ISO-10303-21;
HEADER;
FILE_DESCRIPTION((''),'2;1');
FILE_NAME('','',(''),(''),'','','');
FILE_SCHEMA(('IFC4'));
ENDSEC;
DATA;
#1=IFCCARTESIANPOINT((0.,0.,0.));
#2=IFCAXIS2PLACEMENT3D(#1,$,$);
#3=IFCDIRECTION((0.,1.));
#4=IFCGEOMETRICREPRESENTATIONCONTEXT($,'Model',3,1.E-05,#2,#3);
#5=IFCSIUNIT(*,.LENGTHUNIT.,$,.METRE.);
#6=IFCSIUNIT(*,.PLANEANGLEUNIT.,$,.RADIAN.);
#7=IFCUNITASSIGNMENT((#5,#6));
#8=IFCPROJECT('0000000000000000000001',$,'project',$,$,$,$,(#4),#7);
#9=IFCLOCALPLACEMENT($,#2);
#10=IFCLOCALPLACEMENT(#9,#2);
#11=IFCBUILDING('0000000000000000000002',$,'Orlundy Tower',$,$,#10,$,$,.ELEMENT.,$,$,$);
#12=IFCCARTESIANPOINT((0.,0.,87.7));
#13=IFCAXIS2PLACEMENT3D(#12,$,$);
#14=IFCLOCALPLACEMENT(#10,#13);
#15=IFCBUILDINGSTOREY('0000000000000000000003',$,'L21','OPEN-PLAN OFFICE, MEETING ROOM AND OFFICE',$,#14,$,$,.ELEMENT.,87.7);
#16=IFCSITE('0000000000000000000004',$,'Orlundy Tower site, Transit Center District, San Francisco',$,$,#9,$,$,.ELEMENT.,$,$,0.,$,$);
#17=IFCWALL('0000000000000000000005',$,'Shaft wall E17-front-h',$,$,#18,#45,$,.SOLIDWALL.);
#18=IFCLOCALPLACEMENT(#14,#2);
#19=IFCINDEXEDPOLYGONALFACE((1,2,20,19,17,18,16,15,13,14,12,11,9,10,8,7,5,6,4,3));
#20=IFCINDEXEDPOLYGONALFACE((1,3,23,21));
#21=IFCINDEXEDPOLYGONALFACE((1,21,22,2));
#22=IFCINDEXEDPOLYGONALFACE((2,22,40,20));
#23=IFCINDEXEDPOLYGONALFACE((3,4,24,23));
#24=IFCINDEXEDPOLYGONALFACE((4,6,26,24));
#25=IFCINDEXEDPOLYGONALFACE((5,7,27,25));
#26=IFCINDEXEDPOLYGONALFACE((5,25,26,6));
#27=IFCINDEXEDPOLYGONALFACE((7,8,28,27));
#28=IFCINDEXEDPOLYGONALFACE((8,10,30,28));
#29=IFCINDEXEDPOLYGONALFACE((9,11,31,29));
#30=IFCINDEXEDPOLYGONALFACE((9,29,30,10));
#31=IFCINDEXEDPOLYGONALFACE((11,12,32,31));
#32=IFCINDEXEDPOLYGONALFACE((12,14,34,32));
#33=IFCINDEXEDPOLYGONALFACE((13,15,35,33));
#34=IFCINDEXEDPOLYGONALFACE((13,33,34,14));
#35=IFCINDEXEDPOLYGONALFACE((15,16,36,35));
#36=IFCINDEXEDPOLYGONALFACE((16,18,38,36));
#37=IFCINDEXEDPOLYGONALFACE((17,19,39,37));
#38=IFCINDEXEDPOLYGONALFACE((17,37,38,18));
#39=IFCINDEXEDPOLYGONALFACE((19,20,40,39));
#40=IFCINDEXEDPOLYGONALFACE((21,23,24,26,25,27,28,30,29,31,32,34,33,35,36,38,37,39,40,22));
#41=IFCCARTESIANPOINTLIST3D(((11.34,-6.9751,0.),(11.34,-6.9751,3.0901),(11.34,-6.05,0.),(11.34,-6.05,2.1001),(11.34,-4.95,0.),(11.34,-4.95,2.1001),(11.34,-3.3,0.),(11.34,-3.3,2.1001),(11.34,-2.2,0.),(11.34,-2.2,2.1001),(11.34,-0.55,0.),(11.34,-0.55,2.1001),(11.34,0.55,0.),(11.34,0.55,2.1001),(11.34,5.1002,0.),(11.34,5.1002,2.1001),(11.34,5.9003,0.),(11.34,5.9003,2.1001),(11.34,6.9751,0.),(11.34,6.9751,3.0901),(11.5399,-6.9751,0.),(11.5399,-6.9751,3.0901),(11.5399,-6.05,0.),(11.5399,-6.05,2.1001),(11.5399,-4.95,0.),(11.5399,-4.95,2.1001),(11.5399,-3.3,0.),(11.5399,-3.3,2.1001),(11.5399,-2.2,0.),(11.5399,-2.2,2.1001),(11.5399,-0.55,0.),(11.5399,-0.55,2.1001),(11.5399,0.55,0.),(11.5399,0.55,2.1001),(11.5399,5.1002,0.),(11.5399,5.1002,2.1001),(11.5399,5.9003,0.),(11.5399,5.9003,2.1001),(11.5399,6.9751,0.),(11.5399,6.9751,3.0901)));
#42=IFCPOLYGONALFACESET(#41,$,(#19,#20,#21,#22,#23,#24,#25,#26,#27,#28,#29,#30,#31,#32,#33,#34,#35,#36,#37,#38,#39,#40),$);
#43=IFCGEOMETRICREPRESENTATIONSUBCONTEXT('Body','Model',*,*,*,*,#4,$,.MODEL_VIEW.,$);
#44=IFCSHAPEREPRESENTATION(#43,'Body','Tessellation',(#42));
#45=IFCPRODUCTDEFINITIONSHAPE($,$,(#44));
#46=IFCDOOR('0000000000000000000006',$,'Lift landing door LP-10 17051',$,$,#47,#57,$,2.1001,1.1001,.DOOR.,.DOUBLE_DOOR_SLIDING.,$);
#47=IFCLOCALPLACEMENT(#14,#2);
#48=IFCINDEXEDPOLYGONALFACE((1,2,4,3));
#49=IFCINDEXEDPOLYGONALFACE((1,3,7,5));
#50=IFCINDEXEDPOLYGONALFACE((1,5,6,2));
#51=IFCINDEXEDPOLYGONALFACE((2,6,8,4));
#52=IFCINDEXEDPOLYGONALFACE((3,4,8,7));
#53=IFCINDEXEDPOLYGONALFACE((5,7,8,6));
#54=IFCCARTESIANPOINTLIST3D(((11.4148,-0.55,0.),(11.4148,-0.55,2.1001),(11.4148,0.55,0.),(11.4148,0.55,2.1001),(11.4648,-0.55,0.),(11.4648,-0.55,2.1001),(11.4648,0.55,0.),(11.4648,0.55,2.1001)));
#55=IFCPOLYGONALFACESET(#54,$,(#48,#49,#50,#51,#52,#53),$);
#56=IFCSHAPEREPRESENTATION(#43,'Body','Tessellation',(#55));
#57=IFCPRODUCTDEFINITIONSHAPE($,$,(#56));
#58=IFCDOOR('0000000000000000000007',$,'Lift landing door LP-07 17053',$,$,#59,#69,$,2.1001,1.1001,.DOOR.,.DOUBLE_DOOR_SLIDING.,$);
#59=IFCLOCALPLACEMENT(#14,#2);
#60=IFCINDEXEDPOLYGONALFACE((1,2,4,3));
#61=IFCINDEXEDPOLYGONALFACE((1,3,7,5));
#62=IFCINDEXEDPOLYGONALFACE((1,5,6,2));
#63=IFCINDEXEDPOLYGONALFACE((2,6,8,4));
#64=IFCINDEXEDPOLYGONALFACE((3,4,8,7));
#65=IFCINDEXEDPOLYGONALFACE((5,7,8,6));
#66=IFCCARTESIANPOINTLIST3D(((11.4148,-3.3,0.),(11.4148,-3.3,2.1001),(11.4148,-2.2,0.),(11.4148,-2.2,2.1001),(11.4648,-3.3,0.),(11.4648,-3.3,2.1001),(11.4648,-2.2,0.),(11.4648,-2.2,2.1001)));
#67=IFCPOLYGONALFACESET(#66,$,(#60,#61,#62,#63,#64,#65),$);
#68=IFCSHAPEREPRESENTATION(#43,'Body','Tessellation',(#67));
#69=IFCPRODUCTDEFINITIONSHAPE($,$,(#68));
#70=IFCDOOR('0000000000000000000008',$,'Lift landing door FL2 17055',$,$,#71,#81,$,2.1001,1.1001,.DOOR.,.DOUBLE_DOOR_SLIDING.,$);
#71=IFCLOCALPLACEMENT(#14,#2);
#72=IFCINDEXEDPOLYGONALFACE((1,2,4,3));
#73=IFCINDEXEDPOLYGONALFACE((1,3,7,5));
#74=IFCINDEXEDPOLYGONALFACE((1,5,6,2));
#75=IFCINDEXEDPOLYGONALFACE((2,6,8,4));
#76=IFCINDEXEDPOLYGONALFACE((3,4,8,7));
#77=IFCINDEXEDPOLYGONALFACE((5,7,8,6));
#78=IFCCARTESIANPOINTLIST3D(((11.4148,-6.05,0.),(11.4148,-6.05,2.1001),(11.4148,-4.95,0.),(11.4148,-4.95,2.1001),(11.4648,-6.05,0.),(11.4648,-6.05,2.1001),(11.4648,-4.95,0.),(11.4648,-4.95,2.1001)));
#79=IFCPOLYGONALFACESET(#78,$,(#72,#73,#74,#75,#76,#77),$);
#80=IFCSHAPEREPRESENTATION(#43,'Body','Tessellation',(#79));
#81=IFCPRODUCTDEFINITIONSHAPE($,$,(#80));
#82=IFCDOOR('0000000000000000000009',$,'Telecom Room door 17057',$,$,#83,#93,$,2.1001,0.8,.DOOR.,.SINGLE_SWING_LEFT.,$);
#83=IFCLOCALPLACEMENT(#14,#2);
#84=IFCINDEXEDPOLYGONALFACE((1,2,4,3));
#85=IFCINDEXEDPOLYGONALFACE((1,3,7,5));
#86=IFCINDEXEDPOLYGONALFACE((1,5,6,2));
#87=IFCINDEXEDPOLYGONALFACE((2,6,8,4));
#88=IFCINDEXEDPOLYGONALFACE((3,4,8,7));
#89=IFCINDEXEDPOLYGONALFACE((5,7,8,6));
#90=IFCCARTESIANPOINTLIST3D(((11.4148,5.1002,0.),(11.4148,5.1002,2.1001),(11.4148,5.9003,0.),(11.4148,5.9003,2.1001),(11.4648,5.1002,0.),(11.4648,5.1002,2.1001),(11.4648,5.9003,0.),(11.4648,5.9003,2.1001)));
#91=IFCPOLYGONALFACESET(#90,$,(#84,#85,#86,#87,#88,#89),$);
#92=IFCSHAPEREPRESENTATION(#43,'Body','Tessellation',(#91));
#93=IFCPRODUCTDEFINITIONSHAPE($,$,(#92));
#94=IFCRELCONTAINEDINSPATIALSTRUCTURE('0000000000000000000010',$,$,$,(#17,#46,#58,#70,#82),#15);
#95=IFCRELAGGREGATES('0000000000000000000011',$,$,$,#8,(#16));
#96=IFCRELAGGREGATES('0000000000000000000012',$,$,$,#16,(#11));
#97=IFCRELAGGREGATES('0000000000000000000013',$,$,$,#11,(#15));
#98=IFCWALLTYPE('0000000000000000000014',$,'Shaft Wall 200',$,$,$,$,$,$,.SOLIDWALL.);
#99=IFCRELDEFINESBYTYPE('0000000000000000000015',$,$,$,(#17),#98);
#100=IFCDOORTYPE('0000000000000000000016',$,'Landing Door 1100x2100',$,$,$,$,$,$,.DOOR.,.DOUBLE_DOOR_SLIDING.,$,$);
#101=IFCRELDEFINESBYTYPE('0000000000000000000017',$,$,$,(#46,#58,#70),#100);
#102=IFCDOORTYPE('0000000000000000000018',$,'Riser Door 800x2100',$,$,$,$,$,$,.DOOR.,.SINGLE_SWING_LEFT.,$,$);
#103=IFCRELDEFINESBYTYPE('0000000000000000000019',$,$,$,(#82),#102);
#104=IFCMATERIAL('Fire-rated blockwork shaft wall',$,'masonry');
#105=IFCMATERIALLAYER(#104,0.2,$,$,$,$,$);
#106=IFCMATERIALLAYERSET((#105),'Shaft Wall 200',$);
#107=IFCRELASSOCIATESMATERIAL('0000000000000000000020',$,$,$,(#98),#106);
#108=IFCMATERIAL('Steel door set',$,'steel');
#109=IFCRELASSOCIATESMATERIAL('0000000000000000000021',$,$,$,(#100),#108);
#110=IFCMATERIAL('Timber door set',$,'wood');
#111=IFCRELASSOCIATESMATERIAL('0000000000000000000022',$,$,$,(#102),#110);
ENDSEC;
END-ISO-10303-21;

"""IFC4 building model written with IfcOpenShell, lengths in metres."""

from ifc_helpers import new_model, si_unit, direction, frame, frame_2d, origin, place, context, subcontext, project, spatial, rectangle, extrude, material, layer, layer_set, type_object, element, fill, save


model = new_model("IFC4")

# Units and contexts
model_context = context("Model", 3, precision=1e-05, world=origin(), true_north=direction((0.0, 1.0)))
body_context = subcontext(model_context, "Body", "Model", "MODEL_VIEW")
ifc_project = project(units=[si_unit("LENGTHUNIT", "METRE"), si_unit("PLANEANGLEUNIT", "RADIAN")], contexts=[model_context])

# Site, building, storey
site_placement = place(None, origin())
site = spatial("IfcSite", under=ifc_project, at=site_placement, Name="Orlundy Tower site, Transit Center District, San Francisco", CompositionType="ELEMENT", RefElevation=0.0)
building_placement = place(site_placement, origin())
building = spatial("IfcBuilding", under=site, at=building_placement, Name="Orlundy Tower", CompositionType="ELEMENT")
storey_placement = place(building_placement, frame((0.0, 0.0, 87.7)))
storey = spatial("IfcBuildingStorey", under=building, at=storey_placement, Name="L21", Description="OPEN-PLAN OFFICE, MEETING ROOM AND OFFICE", CompositionType="ELEMENT", Elevation=87.7)

# Shared definitions
ifc_material_1 = material(Name="Fire-rated blockwork shaft wall", Category="masonry")
ifc_layer_1 = layer(ifc_material_1, 0.2)
ifc_layer_set_1 = layer_set([ifc_layer_1], Name="Shaft Wall 200")
wall_type_1 = type_object("IfcWallType", Name="Shaft Wall 200", PredefinedType="SOLIDWALL", material=ifc_layer_set_1)

# Wall, openings, doors
wall_1_placement = place(storey_placement, frame((11.4399, 6.9751, 0.0), z_axis=(0.0, 0.0, 1.0), x_axis=(0.0, -1.0, 0.0)))
wall_1 = element("IfcWall", 1, at=wall_1_placement, inside=storey, type_object=wall_type_1, Name="Shaft wall E17-front-h", PredefinedType="SOLIDWALL", context=body_context, shape_type="SweptSolid", body=[
    extrude(rectangle(XDim=13.9502, YDim=0.2, at=frame_2d((6.9751, 0.0))), origin(), (0.0, 0.0, 1.0), 3.0901),
])
opening_1_placement = place(wall_1_placement, frame((6.425, 0.0, 0.0)))
opening_1 = element("IfcOpeningElement", 2, at=opening_1_placement, cuts=wall_1, PredefinedType="OPENING", context=body_context, shape_type="SweptSolid", body=[
    extrude(rectangle(XDim=1.1001, YDim=2.1001, at=frame_2d((0.55, 1.05))), frame((0.0, 0.1101, 0.0), z_axis=(0.0, -1.0, 0.0), x_axis=(1.0, 0.0, 0.0)), (0.0, 0.0, 1.0), 0.2202),
])
opening_2_placement = place(wall_1_placement, frame((9.175, 0.0, 0.0)))
opening_2 = element("IfcOpeningElement", 3, at=opening_2_placement, cuts=wall_1, PredefinedType="OPENING", context=body_context, shape_type="SweptSolid", body=[
    extrude(rectangle(XDim=1.1001, YDim=2.1001, at=frame_2d((0.55, 1.05))), frame((0.0, 0.1101, 0.0), z_axis=(0.0, -1.0, 0.0), x_axis=(1.0, 0.0, 0.0)), (0.0, 0.0, 1.0), 0.2202),
])
opening_3_placement = place(wall_1_placement, frame((11.925, 0.0, 0.0)))
opening_3 = element("IfcOpeningElement", 4, at=opening_3_placement, cuts=wall_1, PredefinedType="OPENING", context=body_context, shape_type="SweptSolid", body=[
    extrude(rectangle(XDim=1.1001, YDim=2.1001, at=frame_2d((0.55, 1.05))), frame((0.0, 0.1101, 0.0), z_axis=(0.0, -1.0, 0.0), x_axis=(1.0, 0.0, 0.0)), (0.0, 0.0, 1.0), 0.2202),
])
opening_4_placement = place(wall_1_placement, frame((1.075, 0.0, 0.0)))
opening_4 = element("IfcOpeningElement", 5, at=opening_4_placement, cuts=wall_1, PredefinedType="OPENING", context=body_context, shape_type="SweptSolid", body=[
    extrude(rectangle(XDim=0.8, YDim=2.1001, at=frame_2d((0.3999, 1.05))), frame((0.0, 0.1101, 0.0), z_axis=(0.0, -1.0, 0.0), x_axis=(1.0, 0.0, 0.0)), (0.0, 0.0, 1.0), 0.2202),
])
ifc_material_2 = material(Name="Steel door set", Category="steel")
door_type_1 = type_object("IfcDoorType", Name="Landing Door 1100x2100", OperationType="DOUBLE_DOOR_SLIDING", PredefinedType="DOOR", material=ifc_material_2)
door_1_placement = place(opening_1_placement, origin())
door_1 = element("IfcDoor", 6, at=door_1_placement, inside=storey, type_object=door_type_1, Name="Lift landing door LP-10 17051", OperationType="DOUBLE_DOOR_SLIDING", OverallHeight=2.1001, OverallWidth=1.1001, PredefinedType="DOOR", context=body_context, shape_type="SweptSolid", body=[
    extrude(rectangle(XDim=1.1001, YDim=2.1001, at=frame_2d((0.55, 1.05))), frame((0.0, 0.0249, 0.0), z_axis=(0.0, -1.0, 0.0), x_axis=(1.0, 0.0, 0.0)), (0.0, 0.0, 1.0), 0.05),
])
fill(opening_1, door_1)
door_2_placement = place(opening_2_placement, origin())
door_2 = element("IfcDoor", 7, at=door_2_placement, inside=storey, type_object=door_type_1, Name="Lift landing door LP-07 17053", OperationType="DOUBLE_DOOR_SLIDING", OverallHeight=2.1001, OverallWidth=1.1001, PredefinedType="DOOR", context=body_context, shape_type="SweptSolid", body=[
    extrude(rectangle(XDim=1.1001, YDim=2.1001, at=frame_2d((0.55, 1.05))), frame((0.0, 0.0249, 0.0), z_axis=(0.0, -1.0, 0.0), x_axis=(1.0, 0.0, 0.0)), (0.0, 0.0, 1.0), 0.05),
])
fill(opening_2, door_2)
door_3_placement = place(opening_3_placement, origin())
door_3 = element("IfcDoor", 8, at=door_3_placement, inside=storey, type_object=door_type_1, Name="Lift landing door FL2 17055", OperationType="DOUBLE_DOOR_SLIDING", OverallHeight=2.1001, OverallWidth=1.1001, PredefinedType="DOOR", context=body_context, shape_type="SweptSolid", body=[
    extrude(rectangle(XDim=1.1001, YDim=2.1001, at=frame_2d((0.55, 1.05))), frame((0.0, 0.0249, 0.0), z_axis=(0.0, -1.0, 0.0), x_axis=(1.0, 0.0, 0.0)), (0.0, 0.0, 1.0), 0.05),
])
fill(opening_3, door_3)
ifc_material_3 = material(Name="Timber door set", Category="wood")
door_type_2 = type_object("IfcDoorType", Name="Riser Door 800x2100", OperationType="SINGLE_SWING_LEFT", PredefinedType="DOOR", material=ifc_material_3)
door_4_placement = place(opening_4_placement, origin())
door_4 = element("IfcDoor", 9, at=door_4_placement, inside=storey, type_object=door_type_2, Name="Telecom Room door 17057", OperationType="SINGLE_SWING_LEFT", OverallHeight=2.1001, OverallWidth=0.8, PredefinedType="DOOR", context=body_context, shape_type="SweptSolid", body=[
    extrude(rectangle(XDim=0.8, YDim=2.1001, at=frame_2d((0.3999, 1.05))), frame((0.0, 0.0249, 0.0), z_axis=(0.0, -1.0, 0.0), x_axis=(1.0, 0.0, 0.0)), (0.0, 0.0, 1.0), 0.05),
])
fill(opening_4, door_4)

save(model, "model.ifc")
